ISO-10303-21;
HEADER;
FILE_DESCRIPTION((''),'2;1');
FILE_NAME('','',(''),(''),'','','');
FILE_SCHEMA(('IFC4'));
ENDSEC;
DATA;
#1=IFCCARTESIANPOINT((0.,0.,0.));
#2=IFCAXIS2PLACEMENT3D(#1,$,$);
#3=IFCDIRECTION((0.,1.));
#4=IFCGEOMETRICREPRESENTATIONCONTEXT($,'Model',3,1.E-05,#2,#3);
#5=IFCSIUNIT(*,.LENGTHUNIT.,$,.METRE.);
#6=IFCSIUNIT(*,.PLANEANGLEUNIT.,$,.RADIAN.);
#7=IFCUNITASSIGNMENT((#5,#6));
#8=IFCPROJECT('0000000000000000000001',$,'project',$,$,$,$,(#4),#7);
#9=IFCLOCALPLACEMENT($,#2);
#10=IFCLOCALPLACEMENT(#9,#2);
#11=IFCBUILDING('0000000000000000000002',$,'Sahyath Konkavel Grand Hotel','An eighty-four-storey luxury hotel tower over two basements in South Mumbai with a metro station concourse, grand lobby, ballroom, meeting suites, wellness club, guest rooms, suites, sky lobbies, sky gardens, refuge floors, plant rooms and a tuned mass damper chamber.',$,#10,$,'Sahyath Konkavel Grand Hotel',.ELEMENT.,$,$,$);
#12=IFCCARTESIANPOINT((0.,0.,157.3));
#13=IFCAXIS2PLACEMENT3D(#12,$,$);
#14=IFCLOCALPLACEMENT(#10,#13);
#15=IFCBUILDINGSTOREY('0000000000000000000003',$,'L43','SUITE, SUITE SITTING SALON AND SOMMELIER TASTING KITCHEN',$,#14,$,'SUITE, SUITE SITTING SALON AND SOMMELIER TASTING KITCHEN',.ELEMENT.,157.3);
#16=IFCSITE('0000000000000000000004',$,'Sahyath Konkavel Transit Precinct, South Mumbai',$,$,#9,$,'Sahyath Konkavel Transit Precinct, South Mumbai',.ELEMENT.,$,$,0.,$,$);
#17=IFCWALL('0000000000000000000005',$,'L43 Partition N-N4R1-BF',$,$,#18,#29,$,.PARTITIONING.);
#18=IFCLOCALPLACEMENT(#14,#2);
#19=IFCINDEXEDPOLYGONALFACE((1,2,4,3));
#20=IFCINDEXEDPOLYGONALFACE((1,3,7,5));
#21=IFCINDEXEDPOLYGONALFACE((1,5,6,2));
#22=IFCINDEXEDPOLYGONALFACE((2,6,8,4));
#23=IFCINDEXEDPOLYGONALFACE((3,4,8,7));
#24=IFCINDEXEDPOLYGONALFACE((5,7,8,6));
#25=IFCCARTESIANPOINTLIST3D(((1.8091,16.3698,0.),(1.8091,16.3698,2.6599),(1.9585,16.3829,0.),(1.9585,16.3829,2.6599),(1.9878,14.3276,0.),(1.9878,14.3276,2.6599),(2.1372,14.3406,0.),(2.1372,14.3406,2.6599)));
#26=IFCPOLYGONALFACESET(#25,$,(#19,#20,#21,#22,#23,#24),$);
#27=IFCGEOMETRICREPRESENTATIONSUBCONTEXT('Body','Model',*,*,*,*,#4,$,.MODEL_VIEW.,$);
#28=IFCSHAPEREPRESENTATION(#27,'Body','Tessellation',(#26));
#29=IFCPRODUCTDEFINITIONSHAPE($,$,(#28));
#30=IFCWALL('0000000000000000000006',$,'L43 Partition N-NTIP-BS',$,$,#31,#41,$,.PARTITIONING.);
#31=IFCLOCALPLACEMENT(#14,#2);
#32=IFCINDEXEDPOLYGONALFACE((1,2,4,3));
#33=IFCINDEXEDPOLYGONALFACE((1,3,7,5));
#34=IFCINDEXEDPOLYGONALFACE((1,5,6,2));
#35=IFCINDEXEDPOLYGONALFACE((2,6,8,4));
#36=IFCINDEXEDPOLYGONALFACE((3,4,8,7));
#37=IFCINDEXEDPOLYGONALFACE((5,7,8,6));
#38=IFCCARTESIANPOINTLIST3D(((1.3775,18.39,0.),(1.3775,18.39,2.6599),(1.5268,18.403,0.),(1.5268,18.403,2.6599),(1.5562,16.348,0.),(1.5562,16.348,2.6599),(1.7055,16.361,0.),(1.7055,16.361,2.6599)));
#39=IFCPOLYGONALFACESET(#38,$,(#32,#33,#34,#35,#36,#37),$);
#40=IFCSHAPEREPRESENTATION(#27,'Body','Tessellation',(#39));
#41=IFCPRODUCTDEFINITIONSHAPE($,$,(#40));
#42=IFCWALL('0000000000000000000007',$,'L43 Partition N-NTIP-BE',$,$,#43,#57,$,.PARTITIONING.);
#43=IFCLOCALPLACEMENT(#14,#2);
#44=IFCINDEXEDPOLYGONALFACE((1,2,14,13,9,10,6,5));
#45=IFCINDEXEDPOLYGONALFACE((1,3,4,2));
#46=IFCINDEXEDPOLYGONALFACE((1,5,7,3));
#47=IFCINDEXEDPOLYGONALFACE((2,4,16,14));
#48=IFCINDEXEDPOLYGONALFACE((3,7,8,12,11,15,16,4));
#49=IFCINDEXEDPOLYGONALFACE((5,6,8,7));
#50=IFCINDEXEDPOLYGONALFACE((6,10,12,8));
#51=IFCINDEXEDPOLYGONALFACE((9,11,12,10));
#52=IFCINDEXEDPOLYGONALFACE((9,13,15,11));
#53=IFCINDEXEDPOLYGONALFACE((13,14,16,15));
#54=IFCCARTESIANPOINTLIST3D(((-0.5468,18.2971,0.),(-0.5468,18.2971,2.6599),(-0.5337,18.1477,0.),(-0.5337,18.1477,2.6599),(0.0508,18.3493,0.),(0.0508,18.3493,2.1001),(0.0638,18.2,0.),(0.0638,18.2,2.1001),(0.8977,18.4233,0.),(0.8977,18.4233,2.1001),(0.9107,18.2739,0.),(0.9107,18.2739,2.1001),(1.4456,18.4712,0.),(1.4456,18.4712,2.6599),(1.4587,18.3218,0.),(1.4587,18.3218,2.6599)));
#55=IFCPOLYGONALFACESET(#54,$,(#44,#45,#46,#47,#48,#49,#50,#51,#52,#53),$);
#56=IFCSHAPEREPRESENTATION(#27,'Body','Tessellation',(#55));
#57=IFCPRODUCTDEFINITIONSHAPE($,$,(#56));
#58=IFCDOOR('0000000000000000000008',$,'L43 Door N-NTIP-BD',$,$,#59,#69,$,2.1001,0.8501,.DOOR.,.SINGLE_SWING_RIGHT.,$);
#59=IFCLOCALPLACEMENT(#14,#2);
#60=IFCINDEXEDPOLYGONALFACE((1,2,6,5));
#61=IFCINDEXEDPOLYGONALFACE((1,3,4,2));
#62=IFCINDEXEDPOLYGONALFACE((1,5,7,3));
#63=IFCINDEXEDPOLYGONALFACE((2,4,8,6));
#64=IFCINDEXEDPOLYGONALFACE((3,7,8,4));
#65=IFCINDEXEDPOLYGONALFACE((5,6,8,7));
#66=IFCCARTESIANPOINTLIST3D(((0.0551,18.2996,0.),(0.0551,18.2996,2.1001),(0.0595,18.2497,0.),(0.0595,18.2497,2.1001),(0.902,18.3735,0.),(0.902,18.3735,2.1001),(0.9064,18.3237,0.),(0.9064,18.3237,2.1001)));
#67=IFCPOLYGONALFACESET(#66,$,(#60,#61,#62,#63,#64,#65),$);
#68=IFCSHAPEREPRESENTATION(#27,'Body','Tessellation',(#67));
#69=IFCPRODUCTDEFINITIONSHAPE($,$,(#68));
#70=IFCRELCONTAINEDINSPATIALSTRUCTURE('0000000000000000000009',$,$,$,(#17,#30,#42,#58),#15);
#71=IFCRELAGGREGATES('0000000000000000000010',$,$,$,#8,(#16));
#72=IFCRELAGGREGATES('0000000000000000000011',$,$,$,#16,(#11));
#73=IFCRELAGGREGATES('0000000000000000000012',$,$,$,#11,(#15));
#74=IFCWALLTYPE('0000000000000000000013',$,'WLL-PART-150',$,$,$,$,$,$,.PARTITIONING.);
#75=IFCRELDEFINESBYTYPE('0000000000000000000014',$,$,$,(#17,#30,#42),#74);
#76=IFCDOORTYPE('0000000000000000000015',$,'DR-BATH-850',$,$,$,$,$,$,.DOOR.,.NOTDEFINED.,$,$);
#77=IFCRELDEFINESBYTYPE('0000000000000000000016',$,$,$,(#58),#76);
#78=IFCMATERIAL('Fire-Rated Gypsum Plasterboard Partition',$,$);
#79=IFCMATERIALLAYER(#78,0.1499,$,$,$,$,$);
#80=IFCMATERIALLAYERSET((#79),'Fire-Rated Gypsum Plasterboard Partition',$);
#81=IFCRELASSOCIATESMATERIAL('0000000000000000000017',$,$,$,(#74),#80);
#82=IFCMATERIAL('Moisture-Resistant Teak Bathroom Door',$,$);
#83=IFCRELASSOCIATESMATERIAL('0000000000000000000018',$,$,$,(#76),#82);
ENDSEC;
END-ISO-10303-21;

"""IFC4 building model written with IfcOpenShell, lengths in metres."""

from ifc_helpers import new_model, si_unit, direction, frame, frame_2d, origin, origin_2d, place, context, subcontext, project, spatial, rectangle, extrude, source, transform, mapped, material, layer, layer_set, type_object, element, fill, save


model = new_model("IFC4")

# Units and contexts
model_context = context("Model", 3, precision=1e-05, world=origin(), true_north=direction((0.0, 1.0)))
body_context = subcontext(model_context, "Body", "Model", "MODEL_VIEW")
ifc_project = project(units=[si_unit("LENGTHUNIT", "METRE"), si_unit("PLANEANGLEUNIT", "RADIAN")], contexts=[model_context])

# Site, building, storey
site_placement = place(None, origin())
site = spatial("IfcSite", under=ifc_project, at=site_placement, Name="Sahyath Konkavel Transit Precinct, South Mumbai", LongName="Sahyath Konkavel Transit Precinct, South Mumbai", CompositionType="ELEMENT", RefElevation=0.0)
building_placement = place(site_placement, origin())
building = spatial("IfcBuilding", under=site, at=building_placement, Name="Sahyath Konkavel Grand Hotel", Description="An eighty-four-storey luxury hotel tower over two basements in South Mumbai with a metro station concourse, grand lobby, ballroom, meeting suites, wellness club, guest rooms, suites, sky lobbies, sky gardens, refuge floors, plant rooms and a tuned mass damper chamber.", LongName="Sahyath Konkavel Grand Hotel", CompositionType="ELEMENT")
storey_placement = place(building_placement, frame((0.0, 0.0, 157.3)))
storey = spatial("IfcBuildingStorey", under=building, at=storey_placement, Name="L43", Description="SUITE, SUITE SITTING SALON AND SOMMELIER TASTING KITCHEN", LongName="SUITE, SUITE SITTING SALON AND SOMMELIER TASTING KITCHEN", CompositionType="ELEMENT", Elevation=157.3)

# Shared definitions
shared_shape_1 = source(origin(), body_context, "Body", "SweptSolid", [
    extrude(rectangle(XDim=0.8501, YDim=0.05, at=origin_2d()), origin(), (0.0, 0.0, 1.0), 2.1001),
])
ifc_material_1 = material(Name="Fire-Rated Gypsum Plasterboard Partition")
ifc_layer_1 = layer(ifc_material_1, 0.1499)
ifc_layer_set_1 = layer_set([ifc_layer_1], Name="Fire-Rated Gypsum Plasterboard Partition")
wall_type_1 = type_object("IfcWallType", Name="WLL-PART-150", PredefinedType="PARTITIONING", material=ifc_layer_set_1)

# Walls
wall_1_placement = place(storey_placement, frame((2.0625, 14.3342, 0.0), z_axis=(0.0, 0.0, 1.0), x_axis=(-0.087174, 0.996193, 0.0)))
element("IfcWall", 1, at=wall_1_placement, inside=storey, type_object=wall_type_1, Name="L43 Partition N-N4R1-BF", PredefinedType="PARTITIONING", context=body_context, shape_type="SweptSolid", body=[
    extrude(rectangle(XDim=2.05, YDim=0.1499, at=frame_2d((1.0249, 0.0))), origin(), (0.0, 0.0, 1.0), 2.6599),
])
wall_2_placement = place(storey_placement, frame((1.6309, 16.3545, 0.0), z_axis=(0.0, 0.0, 1.0), x_axis=(-0.087185, 0.996192, 0.0)))
element("IfcWall", 2, at=wall_2_placement, inside=storey, type_object=wall_type_1, Name="L43 Partition N-NTIP-BS", PredefinedType="PARTITIONING", context=body_context, shape_type="SweptSolid", body=[
    extrude(rectangle(XDim=2.0498, YDim=0.1499, at=frame_2d((1.0249, 0.0))), origin(), (0.0, 0.0, 1.0), 2.6599),
])

# Wall, opening, door
wall_3_placement = place(storey_placement, frame((1.4521, 18.3965, 0.0), z_axis=(0.0, 0.0, 1.0), x_axis=(-0.996205, -0.087035, 0.0)))
wall_3 = element("IfcWall", 3, at=wall_3_placement, inside=storey, type_object=wall_type_1, Name="L43 Partition N-NTIP-BE", PredefinedType="PARTITIONING", context=body_context, shape_type="SweptSolid", body=[
    extrude(rectangle(XDim=2.0, YDim=0.1499, at=frame_2d((1.0, 0.0))), origin(), (0.0, 0.0, 1.0), 2.6599),
])
opening_1_placement = place(wall_3_placement, frame((0.55, 0.0, 0.0)))
opening_1 = element("IfcOpeningElement", 4, at=opening_1_placement, cuts=wall_3, PredefinedType="OPENING", context=body_context, shape_type="SweptSolid", body=[
    extrude(rectangle(XDim=0.8501, YDim=2.1001, at=frame_2d((0.425, 1.05))), frame((0.0, 0.085, 0.0), z_axis=(0.0, -1.0, 0.0), x_axis=(1.0, 0.0, 0.0)), (0.0, 0.0, 1.0), 0.1699),
])
ifc_material_2 = material(Name="Moisture-Resistant Teak Bathroom Door")
door_type_1 = type_object("IfcDoorType", Name="DR-BATH-850", OperationType="NOTDEFINED", PredefinedType="DOOR", material=ifc_material_2)
door_1_placement = place(opening_1_placement, frame((0.425, 0.0, 0.0)))
door_1 = element("IfcDoor", 5, at=door_1_placement, inside=storey, type_object=door_type_1, Name="L43 Door N-NTIP-BD", OperationType="SINGLE_SWING_RIGHT", OverallHeight=2.1001, OverallWidth=0.8501, PredefinedType="DOOR", context=body_context, shape_type="MappedRepresentation", body=[
    mapped(shared_shape_1, transform((0.0, 0.0, 0.0), scale=1.0)),
])
fill(opening_1, door_1)

save(model, "model.ifc")
